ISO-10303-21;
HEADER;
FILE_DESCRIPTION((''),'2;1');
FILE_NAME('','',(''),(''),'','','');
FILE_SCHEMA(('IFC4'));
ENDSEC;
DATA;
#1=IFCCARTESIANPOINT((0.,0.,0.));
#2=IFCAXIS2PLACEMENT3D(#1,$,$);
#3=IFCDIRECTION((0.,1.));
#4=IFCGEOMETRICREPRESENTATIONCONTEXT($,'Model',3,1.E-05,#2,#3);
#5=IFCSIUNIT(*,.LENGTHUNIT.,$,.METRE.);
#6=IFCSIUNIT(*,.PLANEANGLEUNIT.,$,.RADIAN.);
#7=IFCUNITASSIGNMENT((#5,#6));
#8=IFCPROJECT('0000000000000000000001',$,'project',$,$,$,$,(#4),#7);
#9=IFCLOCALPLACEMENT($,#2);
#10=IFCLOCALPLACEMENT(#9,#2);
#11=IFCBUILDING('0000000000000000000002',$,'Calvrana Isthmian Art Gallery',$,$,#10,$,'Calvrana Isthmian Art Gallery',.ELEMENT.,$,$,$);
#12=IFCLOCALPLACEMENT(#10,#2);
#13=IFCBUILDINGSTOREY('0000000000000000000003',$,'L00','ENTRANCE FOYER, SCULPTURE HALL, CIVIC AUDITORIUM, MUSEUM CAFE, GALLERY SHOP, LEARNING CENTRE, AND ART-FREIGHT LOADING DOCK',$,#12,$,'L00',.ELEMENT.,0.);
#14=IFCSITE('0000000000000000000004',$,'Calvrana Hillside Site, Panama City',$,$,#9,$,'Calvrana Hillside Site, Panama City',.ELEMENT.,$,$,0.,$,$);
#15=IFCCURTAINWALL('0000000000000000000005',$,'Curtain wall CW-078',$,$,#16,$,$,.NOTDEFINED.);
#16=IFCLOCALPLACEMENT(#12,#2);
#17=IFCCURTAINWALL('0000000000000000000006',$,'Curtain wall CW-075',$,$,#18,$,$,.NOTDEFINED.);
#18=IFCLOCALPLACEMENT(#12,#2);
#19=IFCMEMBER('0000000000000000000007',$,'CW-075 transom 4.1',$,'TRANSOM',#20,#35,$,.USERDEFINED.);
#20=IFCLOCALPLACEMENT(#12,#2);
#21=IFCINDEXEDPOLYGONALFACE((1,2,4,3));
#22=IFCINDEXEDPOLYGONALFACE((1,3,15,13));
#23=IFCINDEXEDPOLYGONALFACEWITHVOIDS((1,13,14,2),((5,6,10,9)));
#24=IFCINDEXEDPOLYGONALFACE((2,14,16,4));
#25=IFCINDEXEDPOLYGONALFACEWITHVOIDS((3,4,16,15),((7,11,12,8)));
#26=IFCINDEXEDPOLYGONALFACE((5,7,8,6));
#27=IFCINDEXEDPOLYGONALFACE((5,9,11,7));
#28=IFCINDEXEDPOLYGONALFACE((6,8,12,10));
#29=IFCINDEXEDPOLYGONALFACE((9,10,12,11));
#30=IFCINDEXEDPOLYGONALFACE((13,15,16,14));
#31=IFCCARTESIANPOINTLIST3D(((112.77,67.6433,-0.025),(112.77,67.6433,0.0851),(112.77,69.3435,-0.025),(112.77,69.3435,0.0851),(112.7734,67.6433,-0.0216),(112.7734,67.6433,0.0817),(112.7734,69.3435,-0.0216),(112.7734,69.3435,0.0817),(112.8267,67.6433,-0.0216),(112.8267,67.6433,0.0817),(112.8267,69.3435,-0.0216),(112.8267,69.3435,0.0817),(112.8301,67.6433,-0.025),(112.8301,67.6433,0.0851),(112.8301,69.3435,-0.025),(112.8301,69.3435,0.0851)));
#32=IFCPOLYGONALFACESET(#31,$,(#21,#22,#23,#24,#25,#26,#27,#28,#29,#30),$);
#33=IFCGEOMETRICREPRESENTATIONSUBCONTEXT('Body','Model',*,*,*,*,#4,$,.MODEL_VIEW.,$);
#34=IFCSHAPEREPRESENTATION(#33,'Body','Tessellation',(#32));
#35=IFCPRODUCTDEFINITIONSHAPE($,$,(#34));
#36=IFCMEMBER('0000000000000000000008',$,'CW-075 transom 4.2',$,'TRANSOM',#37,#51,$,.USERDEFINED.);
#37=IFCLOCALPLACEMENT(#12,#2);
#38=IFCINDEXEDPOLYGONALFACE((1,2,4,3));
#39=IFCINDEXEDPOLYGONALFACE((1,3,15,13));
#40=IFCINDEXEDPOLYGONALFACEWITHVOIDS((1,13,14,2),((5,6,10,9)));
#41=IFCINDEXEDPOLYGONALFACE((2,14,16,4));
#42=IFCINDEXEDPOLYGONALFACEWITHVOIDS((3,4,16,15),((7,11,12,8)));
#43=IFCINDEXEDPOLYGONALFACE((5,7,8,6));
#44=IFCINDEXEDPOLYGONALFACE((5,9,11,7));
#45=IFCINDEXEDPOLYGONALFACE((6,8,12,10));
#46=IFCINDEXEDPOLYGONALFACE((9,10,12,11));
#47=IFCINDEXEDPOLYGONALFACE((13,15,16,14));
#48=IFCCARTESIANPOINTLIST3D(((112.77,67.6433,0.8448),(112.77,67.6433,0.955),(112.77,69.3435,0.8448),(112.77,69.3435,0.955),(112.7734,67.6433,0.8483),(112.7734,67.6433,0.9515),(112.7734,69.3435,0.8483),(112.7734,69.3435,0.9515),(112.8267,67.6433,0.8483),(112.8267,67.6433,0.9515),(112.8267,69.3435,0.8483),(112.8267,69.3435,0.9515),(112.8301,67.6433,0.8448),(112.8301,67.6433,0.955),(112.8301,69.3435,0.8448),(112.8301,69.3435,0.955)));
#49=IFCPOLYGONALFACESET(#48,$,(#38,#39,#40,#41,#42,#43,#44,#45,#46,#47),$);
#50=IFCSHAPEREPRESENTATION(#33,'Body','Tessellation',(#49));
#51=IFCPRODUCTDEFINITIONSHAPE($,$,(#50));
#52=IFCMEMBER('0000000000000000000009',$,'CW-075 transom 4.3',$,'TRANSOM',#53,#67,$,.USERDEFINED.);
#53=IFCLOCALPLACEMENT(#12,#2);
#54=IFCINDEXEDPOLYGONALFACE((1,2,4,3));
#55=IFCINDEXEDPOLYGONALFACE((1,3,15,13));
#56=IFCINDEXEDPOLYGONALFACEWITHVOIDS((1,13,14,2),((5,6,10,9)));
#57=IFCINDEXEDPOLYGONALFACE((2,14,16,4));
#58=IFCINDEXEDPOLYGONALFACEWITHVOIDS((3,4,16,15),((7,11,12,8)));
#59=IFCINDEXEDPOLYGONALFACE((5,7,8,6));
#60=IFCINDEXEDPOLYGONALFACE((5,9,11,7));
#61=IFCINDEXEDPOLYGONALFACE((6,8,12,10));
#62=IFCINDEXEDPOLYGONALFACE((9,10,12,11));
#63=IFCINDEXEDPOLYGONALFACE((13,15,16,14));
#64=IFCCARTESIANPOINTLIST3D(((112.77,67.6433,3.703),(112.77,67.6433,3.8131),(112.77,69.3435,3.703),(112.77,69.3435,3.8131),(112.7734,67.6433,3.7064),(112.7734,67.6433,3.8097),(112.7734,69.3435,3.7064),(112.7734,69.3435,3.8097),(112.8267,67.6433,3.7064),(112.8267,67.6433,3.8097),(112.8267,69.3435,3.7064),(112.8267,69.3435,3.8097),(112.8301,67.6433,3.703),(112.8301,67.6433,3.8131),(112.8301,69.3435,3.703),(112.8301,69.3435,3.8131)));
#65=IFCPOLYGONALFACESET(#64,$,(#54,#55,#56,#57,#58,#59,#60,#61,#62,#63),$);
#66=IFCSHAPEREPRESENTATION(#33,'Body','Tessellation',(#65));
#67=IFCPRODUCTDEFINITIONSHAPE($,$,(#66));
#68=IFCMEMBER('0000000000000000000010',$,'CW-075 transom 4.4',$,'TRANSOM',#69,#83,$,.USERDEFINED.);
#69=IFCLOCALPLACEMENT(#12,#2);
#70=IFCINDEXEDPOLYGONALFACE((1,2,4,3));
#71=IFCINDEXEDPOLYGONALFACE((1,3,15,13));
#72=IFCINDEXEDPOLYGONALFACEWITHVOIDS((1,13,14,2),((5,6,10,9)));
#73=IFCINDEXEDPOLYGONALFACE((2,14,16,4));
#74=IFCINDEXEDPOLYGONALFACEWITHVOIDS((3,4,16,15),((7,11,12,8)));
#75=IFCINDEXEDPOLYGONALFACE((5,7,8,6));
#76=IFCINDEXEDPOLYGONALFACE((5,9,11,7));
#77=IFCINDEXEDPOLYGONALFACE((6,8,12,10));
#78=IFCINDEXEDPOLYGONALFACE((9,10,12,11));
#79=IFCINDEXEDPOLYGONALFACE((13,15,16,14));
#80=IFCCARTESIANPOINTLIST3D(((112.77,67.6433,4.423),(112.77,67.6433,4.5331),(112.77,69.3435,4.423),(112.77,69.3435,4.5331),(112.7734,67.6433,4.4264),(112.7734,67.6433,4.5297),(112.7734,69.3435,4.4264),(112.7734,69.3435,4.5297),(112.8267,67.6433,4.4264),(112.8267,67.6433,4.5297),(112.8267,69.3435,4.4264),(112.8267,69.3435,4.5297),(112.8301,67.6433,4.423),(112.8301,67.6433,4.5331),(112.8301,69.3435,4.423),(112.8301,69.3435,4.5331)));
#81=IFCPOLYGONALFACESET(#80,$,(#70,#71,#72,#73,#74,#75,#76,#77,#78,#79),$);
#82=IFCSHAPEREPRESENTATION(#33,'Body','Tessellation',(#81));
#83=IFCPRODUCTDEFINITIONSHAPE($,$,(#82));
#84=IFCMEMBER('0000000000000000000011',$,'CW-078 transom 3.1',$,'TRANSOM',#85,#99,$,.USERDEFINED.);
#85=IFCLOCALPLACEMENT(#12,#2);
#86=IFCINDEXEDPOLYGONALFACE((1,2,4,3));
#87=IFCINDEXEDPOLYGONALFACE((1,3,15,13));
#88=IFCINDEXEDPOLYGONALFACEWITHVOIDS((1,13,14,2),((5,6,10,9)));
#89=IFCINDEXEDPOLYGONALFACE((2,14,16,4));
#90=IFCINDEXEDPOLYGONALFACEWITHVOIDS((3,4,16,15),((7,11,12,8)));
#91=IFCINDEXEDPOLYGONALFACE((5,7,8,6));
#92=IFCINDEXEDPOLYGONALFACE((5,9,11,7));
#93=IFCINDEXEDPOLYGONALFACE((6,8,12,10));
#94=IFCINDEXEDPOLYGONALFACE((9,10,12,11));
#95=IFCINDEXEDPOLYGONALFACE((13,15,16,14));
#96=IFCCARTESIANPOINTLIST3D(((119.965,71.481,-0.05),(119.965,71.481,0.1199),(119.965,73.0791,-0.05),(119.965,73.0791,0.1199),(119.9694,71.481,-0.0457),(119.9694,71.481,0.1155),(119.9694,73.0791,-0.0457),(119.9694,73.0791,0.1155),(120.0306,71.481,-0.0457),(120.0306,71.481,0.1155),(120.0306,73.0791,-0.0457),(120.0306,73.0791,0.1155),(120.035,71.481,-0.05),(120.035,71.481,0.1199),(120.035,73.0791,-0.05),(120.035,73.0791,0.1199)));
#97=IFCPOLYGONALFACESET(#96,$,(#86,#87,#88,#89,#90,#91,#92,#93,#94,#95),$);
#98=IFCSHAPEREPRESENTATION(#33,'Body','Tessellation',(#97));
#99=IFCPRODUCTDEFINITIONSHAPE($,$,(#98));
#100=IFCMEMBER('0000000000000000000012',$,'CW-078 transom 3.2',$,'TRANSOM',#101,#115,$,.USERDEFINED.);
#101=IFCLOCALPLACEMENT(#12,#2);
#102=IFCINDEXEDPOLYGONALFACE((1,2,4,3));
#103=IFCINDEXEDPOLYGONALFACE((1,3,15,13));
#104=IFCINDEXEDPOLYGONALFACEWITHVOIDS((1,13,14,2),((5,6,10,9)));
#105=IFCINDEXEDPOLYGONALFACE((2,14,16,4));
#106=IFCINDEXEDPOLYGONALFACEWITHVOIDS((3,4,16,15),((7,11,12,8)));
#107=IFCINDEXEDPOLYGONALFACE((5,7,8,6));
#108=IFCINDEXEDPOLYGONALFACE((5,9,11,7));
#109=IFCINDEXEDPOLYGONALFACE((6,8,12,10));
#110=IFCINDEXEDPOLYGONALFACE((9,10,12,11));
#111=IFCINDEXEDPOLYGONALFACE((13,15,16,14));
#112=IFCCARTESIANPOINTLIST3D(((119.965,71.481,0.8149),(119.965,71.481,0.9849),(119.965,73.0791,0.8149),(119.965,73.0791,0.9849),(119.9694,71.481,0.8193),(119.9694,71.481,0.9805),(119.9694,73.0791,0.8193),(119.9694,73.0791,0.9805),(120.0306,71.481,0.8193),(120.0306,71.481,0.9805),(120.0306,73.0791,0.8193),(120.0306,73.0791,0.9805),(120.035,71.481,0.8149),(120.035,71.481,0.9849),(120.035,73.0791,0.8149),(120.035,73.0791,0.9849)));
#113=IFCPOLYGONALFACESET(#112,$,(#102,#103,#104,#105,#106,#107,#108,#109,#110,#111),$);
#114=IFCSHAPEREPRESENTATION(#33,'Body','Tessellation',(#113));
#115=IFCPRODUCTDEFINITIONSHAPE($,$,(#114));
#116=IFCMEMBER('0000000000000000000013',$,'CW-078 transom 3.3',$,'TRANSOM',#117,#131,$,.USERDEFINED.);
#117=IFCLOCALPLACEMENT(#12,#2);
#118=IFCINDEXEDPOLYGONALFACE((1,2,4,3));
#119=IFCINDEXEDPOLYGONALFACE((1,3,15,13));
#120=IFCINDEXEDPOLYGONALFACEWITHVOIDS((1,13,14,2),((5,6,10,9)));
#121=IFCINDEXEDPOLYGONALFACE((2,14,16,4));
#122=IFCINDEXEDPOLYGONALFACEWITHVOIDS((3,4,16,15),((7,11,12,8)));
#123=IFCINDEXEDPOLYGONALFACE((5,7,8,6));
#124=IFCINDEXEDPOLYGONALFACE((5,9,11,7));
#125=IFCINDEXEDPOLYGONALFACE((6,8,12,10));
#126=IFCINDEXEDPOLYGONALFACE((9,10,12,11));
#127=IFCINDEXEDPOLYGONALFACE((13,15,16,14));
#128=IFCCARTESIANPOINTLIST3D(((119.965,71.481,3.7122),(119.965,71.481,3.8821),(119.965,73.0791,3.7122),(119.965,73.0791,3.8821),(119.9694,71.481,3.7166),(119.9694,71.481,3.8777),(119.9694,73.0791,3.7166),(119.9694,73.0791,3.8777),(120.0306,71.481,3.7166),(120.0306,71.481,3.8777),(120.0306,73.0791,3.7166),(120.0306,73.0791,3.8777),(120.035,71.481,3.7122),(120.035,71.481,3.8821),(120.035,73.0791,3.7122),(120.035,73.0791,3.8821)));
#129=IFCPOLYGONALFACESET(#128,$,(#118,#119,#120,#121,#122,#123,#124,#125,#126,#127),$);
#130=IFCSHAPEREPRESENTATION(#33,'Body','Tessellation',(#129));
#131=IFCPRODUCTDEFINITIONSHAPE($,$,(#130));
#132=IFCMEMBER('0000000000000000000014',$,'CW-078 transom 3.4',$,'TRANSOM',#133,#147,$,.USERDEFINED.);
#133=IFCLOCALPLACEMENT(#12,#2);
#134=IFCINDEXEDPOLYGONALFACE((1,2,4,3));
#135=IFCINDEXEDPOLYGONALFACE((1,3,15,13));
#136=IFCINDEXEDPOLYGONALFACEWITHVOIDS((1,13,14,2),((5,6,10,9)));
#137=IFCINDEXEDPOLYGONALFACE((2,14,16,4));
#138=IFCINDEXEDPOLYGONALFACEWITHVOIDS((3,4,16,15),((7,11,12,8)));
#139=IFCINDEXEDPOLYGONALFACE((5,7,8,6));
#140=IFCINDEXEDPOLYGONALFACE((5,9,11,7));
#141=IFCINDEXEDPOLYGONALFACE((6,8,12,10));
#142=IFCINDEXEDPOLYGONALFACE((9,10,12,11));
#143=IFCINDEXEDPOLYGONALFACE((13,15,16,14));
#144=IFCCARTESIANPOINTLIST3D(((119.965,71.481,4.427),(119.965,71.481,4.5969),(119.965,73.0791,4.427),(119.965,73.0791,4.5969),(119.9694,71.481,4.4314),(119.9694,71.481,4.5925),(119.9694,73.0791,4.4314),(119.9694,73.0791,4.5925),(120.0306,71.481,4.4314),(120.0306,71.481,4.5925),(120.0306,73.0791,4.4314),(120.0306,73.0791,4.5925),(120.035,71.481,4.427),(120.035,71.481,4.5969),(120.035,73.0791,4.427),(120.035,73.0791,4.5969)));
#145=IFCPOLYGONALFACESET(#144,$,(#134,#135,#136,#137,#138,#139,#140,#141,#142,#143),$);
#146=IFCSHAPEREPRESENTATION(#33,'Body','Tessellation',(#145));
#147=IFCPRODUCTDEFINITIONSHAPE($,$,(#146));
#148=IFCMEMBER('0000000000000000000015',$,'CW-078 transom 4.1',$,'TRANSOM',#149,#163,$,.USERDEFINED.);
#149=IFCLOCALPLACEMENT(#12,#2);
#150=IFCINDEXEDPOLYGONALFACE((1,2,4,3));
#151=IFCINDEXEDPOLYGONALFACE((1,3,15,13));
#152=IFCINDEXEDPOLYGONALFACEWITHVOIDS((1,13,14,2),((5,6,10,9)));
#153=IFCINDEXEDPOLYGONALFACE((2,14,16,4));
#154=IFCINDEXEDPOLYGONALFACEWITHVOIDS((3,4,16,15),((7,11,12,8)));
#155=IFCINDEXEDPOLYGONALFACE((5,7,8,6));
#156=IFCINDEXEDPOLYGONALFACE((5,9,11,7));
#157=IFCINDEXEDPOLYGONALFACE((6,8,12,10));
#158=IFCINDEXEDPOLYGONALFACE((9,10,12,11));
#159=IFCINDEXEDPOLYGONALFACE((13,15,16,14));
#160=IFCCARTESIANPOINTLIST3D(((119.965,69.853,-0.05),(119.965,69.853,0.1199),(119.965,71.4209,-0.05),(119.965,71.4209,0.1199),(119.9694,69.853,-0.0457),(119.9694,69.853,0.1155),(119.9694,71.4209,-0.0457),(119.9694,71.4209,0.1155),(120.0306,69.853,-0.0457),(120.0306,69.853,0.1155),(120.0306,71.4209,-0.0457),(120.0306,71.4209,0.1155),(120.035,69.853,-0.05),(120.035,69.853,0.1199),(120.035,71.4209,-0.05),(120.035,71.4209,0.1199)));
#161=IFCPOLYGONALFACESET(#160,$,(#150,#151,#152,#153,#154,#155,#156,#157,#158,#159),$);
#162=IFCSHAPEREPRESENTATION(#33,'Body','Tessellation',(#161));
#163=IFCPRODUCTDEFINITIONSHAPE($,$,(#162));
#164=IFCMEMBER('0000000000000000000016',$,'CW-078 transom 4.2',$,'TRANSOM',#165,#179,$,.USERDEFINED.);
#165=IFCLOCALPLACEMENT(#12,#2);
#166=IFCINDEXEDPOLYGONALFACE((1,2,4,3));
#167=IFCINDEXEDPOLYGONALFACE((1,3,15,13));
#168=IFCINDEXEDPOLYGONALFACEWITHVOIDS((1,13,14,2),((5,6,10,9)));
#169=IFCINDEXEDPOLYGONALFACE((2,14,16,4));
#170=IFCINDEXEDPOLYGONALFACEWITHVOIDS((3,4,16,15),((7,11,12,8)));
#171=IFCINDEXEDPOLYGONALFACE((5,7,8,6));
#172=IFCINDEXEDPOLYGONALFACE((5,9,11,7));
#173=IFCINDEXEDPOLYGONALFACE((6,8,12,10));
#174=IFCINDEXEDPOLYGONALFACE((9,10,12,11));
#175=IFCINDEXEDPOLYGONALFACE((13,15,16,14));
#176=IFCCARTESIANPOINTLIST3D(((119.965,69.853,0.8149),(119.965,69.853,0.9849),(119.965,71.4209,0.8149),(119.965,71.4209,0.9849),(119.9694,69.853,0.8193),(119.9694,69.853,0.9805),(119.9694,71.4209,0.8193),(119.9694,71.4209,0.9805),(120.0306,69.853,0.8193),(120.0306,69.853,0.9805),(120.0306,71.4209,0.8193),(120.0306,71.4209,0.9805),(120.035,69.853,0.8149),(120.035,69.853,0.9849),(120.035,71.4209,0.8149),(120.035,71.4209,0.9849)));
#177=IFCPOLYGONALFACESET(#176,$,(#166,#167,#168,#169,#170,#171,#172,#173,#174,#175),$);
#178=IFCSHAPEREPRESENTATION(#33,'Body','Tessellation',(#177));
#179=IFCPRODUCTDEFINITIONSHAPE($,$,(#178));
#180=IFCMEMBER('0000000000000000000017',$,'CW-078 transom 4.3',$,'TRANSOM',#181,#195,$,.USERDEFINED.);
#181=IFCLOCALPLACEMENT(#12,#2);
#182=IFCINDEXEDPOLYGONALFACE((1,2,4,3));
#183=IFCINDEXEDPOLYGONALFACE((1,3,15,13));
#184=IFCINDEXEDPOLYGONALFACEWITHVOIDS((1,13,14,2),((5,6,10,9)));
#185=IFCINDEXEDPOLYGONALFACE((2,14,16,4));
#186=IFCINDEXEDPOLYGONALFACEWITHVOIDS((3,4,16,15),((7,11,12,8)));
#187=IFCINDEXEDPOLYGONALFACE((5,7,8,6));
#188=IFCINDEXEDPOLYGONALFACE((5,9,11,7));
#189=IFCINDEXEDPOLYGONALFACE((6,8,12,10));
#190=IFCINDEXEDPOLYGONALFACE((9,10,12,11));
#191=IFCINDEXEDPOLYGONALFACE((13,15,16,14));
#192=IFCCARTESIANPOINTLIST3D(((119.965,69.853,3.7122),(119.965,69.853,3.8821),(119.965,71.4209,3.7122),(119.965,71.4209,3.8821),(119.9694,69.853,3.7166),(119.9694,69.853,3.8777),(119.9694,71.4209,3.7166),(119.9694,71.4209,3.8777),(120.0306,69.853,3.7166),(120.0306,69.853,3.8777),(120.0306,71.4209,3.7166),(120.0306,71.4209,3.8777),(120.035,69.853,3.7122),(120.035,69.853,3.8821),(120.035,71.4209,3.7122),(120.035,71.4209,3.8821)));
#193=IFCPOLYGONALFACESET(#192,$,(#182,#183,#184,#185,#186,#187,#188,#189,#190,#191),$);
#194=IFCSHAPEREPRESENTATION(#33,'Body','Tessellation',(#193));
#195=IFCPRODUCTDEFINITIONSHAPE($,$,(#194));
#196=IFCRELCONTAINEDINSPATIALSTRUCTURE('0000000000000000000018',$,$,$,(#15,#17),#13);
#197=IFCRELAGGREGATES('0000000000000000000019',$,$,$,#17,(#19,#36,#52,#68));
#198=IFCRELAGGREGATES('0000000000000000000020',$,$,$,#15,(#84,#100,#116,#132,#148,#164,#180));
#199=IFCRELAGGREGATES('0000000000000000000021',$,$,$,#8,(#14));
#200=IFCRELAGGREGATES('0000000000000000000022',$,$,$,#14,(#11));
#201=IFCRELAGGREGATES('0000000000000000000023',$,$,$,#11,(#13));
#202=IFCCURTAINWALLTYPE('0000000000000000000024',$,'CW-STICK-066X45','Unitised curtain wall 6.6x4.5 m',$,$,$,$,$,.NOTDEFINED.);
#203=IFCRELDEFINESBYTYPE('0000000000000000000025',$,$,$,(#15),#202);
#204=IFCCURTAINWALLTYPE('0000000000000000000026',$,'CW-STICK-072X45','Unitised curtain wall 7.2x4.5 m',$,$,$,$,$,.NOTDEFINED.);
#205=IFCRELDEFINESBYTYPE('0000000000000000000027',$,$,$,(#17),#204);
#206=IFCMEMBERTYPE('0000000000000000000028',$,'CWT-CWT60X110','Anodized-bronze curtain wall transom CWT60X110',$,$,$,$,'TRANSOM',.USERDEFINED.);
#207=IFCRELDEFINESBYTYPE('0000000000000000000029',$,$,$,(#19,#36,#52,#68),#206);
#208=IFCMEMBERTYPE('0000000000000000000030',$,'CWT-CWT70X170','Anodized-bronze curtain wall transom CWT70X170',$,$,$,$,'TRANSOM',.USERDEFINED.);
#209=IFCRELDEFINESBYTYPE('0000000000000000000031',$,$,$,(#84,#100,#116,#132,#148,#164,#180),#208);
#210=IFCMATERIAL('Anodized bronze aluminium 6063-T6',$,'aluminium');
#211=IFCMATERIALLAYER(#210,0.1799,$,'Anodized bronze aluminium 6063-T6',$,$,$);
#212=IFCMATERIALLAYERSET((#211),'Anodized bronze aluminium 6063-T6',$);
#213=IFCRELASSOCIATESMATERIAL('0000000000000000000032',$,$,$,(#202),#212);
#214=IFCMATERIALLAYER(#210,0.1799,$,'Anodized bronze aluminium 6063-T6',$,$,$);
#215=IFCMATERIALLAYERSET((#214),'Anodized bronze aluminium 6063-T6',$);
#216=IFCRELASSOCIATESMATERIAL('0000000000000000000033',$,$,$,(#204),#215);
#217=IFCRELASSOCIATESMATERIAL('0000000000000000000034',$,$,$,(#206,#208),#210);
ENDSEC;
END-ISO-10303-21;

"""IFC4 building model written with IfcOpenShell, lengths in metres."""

from ifc_helpers import new_model, si_unit, direction, frame, origin, origin_2d, place, context, subcontext, project, spatial, hollow_rectangle, extrude, material, layer, layer_set, material_profile, profile_set, type_object, element, aggregate, save


model = new_model("IFC4")

# Units and contexts
model_context = context("Model", 3, precision=1e-05, world=origin(), true_north=direction((0.0, 1.0)))
body_context = subcontext(model_context, "Body", "Model", "MODEL_VIEW")
ifc_project = project(units=[si_unit("LENGTHUNIT", "METRE"), si_unit("PLANEANGLEUNIT", "RADIAN")], contexts=[model_context])

# Site, building, storey
site_placement = place(None, origin())
site = spatial("IfcSite", under=ifc_project, at=site_placement, Name="Calvrana Hillside Site, Panama City", LongName="Calvrana Hillside Site, Panama City", CompositionType="ELEMENT", RefElevation=0.0)
building_placement = place(site_placement, origin())
building = spatial("IfcBuilding", under=site, at=building_placement, Name="Calvrana Isthmian Art Gallery", LongName="Calvrana Isthmian Art Gallery", CompositionType="ELEMENT")
storey_placement = place(building_placement, origin())
storey = spatial("IfcBuildingStorey", under=building, at=storey_placement, Name="L00", Description="ENTRANCE FOYER, SCULPTURE HALL, CIVIC AUDITORIUM, MUSEUM CAFE, GALLERY SHOP, LEARNING CENTRE, AND ART-FREIGHT LOADING DOCK", LongName="L00", CompositionType="ELEMENT", Elevation=0.0)

# Curtain walls, members
ifc_material_1 = material(Name="Anodized bronze aluminium 6063-T6", Category="aluminium")
ifc_layer_1 = layer(ifc_material_1, 0.1799, Name="Anodized bronze aluminium 6063-T6")
ifc_layer_set_1 = layer_set([ifc_layer_1], Name="Anodized bronze aluminium 6063-T6")
curtain_wall_type_1 = type_object("IfcCurtainWallType", Name="CW-STICK-066X45", Description="Unitised curtain wall 6.6x4.5 m", PredefinedType="NOTDEFINED", material=ifc_layer_set_1)
curtain_wall_1_placement = place(storey_placement, origin())
curtain_wall_1 = element("IfcCurtainWall", 1, at=curtain_wall_1_placement, inside=storey, type_object=curtain_wall_type_1, Name="Curtain wall CW-078", PredefinedType="NOTDEFINED")
ifc_layer_2 = layer(ifc_material_1, 0.1799, Name="Anodized bronze aluminium 6063-T6")
ifc_layer_set_2 = layer_set([ifc_layer_2], Name="Anodized bronze aluminium 6063-T6")
curtain_wall_type_2 = type_object("IfcCurtainWallType", Name="CW-STICK-072X45", Description="Unitised curtain wall 7.2x4.5 m", PredefinedType="NOTDEFINED", material=ifc_layer_set_2)
curtain_wall_2_placement = place(storey_placement, origin())
curtain_wall_2 = element("IfcCurtainWall", 2, at=curtain_wall_2_placement, inside=storey, type_object=curtain_wall_type_2, Name="Curtain wall CW-075", PredefinedType="NOTDEFINED")
ifc_material_profile_1 = material_profile(ifc_material_1, hollow_rectangle(XDim=0.0601, YDim=0.1101, WallThickness=0.0034, at=origin_2d()), Name="CWT60X110")
ifc_profile_set_1 = profile_set([ifc_material_profile_1], Name="Anodized bronze aluminium 6063-T6")
member_type_1 = type_object("IfcMemberType", Name="CWT-CWT60X110", Description="Anodized-bronze curtain wall transom CWT60X110", ElementType="TRANSOM", PredefinedType="USERDEFINED", material=ifc_profile_set_1)
member_1_placement = place(storey_placement, frame((112.8, 67.6433, 0.03), z_axis=(0.0, 1.0, 0.0), x_axis=(-1.0, 0.0, 0.0)))
member_1 = element("IfcMember", 3, at=member_1_placement, type_object=member_type_1, Name="CW-075 transom 4.1", ObjectType="TRANSOM", PredefinedType="USERDEFINED", context=body_context, shape_type="SweptSolid", body=[
    extrude(hollow_rectangle(XDim=0.0601, YDim=0.1101, WallThickness=0.0034, at=origin_2d()), origin(), (0.0, 0.0, 1.0), 1.7002),
])
member_2_placement = place(storey_placement, frame((112.8, 67.6433, 0.8999), z_axis=(0.0, 1.0, 0.0), x_axis=(-1.0, 0.0, 0.0)))
member_2 = element("IfcMember", 4, at=member_2_placement, type_object=member_type_1, Name="CW-075 transom 4.2", ObjectType="TRANSOM", PredefinedType="USERDEFINED", context=body_context, shape_type="SweptSolid", body=[
    extrude(hollow_rectangle(XDim=0.0601, YDim=0.1101, WallThickness=0.0034, at=origin_2d()), origin(), (0.0, 0.0, 1.0), 1.7002),
])
member_3_placement = place(storey_placement, frame((112.8, 67.6433, 3.7581), z_axis=(0.0, 1.0, 0.0), x_axis=(-1.0, 0.0, 0.0)))
member_3 = element("IfcMember", 5, at=member_3_placement, type_object=member_type_1, Name="CW-075 transom 4.3", ObjectType="TRANSOM", PredefinedType="USERDEFINED", context=body_context, shape_type="SweptSolid", body=[
    extrude(hollow_rectangle(XDim=0.0601, YDim=0.1101, WallThickness=0.0034, at=origin_2d()), origin(), (0.0, 0.0, 1.0), 1.7002),
])
member_4_placement = place(storey_placement, frame((112.8, 67.6433, 4.478), z_axis=(0.0, 1.0, 0.0), x_axis=(-1.0, 0.0, 0.0)))
member_4 = element("IfcMember", 6, at=member_4_placement, type_object=member_type_1, Name="CW-075 transom 4.4", ObjectType="TRANSOM", PredefinedType="USERDEFINED", context=body_context, shape_type="SweptSolid", body=[
    extrude(hollow_rectangle(XDim=0.0601, YDim=0.1101, WallThickness=0.0034, at=origin_2d()), origin(), (0.0, 0.0, 1.0), 1.7002),
])

# Members
ifc_material_profile_2 = material_profile(ifc_material_1, hollow_rectangle(XDim=0.0701, YDim=0.1699, WallThickness=0.0044, at=origin_2d()), Name="CWT70X170")
ifc_profile_set_2 = profile_set([ifc_material_profile_2], Name="Anodized bronze aluminium 6063-T6")
member_type_2 = type_object("IfcMemberType", Name="CWT-CWT70X170", Description="Anodized-bronze curtain wall transom CWT70X170", ElementType="TRANSOM", PredefinedType="USERDEFINED", material=ifc_profile_set_2)
member_5_placement = place(storey_placement, frame((120.0, 73.0791, 0.0349), z_axis=(0.0, -1.0, 0.0), x_axis=(1.0, 0.0, 0.0)))
member_5 = element("IfcMember", 7, at=member_5_placement, type_object=member_type_2, Name="CW-078 transom 3.1", ObjectType="TRANSOM", PredefinedType="USERDEFINED", context=body_context, shape_type="SweptSolid", body=[
    extrude(hollow_rectangle(XDim=0.0701, YDim=0.1699, WallThickness=0.0044, at=origin_2d()), origin(), (0.0, 0.0, 1.0), 1.5981),
])
member_6_placement = place(storey_placement, frame((120.0, 73.0791, 0.8999), z_axis=(0.0, -1.0, 0.0), x_axis=(1.0, 0.0, 0.0)))
member_6 = element("IfcMember", 8, at=member_6_placement, type_object=member_type_2, Name="CW-078 transom 3.2", ObjectType="TRANSOM", PredefinedType="USERDEFINED", context=body_context, shape_type="SweptSolid", body=[
    extrude(hollow_rectangle(XDim=0.0701, YDim=0.1699, WallThickness=0.0044, at=origin_2d()), origin(), (0.0, 0.0, 1.0), 1.5981),
])
member_7_placement = place(storey_placement, frame((120.0, 73.0791, 3.7971), z_axis=(0.0, -1.0, 0.0), x_axis=(1.0, 0.0, 0.0)))
member_7 = element("IfcMember", 9, at=member_7_placement, type_object=member_type_2, Name="CW-078 transom 3.3", ObjectType="TRANSOM", PredefinedType="USERDEFINED", context=body_context, shape_type="SweptSolid", body=[
    extrude(hollow_rectangle(XDim=0.0701, YDim=0.1699, WallThickness=0.0044, at=origin_2d()), origin(), (0.0, 0.0, 1.0), 1.5981),
])
member_8_placement = place(storey_placement, frame((120.0, 73.0791, 4.512), z_axis=(0.0, -1.0, 0.0), x_axis=(1.0, 0.0, 0.0)))
member_8 = element("IfcMember", 10, at=member_8_placement, type_object=member_type_2, Name="CW-078 transom 3.4", ObjectType="TRANSOM", PredefinedType="USERDEFINED", context=body_context, shape_type="SweptSolid", body=[
    extrude(hollow_rectangle(XDim=0.0701, YDim=0.1699, WallThickness=0.0044, at=origin_2d()), origin(), (0.0, 0.0, 1.0), 1.5981),
])
member_9_placement = place(storey_placement, frame((120.0, 71.4209, 0.0349), z_axis=(0.0, -1.0, 0.0), x_axis=(1.0, 0.0, 0.0)))
member_9 = element("IfcMember", 11, at=member_9_placement, type_object=member_type_2, Name="CW-078 transom 4.1", ObjectType="TRANSOM", PredefinedType="USERDEFINED", context=body_context, shape_type="SweptSolid", body=[
    extrude(hollow_rectangle(XDim=0.0701, YDim=0.1699, WallThickness=0.0044, at=origin_2d()), origin(), (0.0, 0.0, 1.0), 1.5679),
])
member_10_placement = place(storey_placement, frame((120.0, 71.4209, 0.8999), z_axis=(0.0, -1.0, 0.0), x_axis=(1.0, 0.0, 0.0)))
member_10 = element("IfcMember", 12, at=member_10_placement, type_object=member_type_2, Name="CW-078 transom 4.2", ObjectType="TRANSOM", PredefinedType="USERDEFINED", context=body_context, shape_type="SweptSolid", body=[
    extrude(hollow_rectangle(XDim=0.0701, YDim=0.1699, WallThickness=0.0044, at=origin_2d()), origin(), (0.0, 0.0, 1.0), 1.5679),
])
member_11_placement = place(storey_placement, frame((120.0, 71.4209, 3.7971), z_axis=(0.0, -1.0, 0.0), x_axis=(1.0, 0.0, 0.0)))
member_11 = element("IfcMember", 13, at=member_11_placement, type_object=member_type_2, Name="CW-078 transom 4.3", ObjectType="TRANSOM", PredefinedType="USERDEFINED", context=body_context, shape_type="SweptSolid", body=[
    extrude(hollow_rectangle(XDim=0.0701, YDim=0.1699, WallThickness=0.0044, at=origin_2d()), origin(), (0.0, 0.0, 1.0), 1.5679),
])

aggregate(curtain_wall_2, [member_1, member_2, member_3, member_4])
aggregate(curtain_wall_1, [member_5, member_6, member_7, member_8, member_9, member_10, member_11])

save(model, "model.ifc")
